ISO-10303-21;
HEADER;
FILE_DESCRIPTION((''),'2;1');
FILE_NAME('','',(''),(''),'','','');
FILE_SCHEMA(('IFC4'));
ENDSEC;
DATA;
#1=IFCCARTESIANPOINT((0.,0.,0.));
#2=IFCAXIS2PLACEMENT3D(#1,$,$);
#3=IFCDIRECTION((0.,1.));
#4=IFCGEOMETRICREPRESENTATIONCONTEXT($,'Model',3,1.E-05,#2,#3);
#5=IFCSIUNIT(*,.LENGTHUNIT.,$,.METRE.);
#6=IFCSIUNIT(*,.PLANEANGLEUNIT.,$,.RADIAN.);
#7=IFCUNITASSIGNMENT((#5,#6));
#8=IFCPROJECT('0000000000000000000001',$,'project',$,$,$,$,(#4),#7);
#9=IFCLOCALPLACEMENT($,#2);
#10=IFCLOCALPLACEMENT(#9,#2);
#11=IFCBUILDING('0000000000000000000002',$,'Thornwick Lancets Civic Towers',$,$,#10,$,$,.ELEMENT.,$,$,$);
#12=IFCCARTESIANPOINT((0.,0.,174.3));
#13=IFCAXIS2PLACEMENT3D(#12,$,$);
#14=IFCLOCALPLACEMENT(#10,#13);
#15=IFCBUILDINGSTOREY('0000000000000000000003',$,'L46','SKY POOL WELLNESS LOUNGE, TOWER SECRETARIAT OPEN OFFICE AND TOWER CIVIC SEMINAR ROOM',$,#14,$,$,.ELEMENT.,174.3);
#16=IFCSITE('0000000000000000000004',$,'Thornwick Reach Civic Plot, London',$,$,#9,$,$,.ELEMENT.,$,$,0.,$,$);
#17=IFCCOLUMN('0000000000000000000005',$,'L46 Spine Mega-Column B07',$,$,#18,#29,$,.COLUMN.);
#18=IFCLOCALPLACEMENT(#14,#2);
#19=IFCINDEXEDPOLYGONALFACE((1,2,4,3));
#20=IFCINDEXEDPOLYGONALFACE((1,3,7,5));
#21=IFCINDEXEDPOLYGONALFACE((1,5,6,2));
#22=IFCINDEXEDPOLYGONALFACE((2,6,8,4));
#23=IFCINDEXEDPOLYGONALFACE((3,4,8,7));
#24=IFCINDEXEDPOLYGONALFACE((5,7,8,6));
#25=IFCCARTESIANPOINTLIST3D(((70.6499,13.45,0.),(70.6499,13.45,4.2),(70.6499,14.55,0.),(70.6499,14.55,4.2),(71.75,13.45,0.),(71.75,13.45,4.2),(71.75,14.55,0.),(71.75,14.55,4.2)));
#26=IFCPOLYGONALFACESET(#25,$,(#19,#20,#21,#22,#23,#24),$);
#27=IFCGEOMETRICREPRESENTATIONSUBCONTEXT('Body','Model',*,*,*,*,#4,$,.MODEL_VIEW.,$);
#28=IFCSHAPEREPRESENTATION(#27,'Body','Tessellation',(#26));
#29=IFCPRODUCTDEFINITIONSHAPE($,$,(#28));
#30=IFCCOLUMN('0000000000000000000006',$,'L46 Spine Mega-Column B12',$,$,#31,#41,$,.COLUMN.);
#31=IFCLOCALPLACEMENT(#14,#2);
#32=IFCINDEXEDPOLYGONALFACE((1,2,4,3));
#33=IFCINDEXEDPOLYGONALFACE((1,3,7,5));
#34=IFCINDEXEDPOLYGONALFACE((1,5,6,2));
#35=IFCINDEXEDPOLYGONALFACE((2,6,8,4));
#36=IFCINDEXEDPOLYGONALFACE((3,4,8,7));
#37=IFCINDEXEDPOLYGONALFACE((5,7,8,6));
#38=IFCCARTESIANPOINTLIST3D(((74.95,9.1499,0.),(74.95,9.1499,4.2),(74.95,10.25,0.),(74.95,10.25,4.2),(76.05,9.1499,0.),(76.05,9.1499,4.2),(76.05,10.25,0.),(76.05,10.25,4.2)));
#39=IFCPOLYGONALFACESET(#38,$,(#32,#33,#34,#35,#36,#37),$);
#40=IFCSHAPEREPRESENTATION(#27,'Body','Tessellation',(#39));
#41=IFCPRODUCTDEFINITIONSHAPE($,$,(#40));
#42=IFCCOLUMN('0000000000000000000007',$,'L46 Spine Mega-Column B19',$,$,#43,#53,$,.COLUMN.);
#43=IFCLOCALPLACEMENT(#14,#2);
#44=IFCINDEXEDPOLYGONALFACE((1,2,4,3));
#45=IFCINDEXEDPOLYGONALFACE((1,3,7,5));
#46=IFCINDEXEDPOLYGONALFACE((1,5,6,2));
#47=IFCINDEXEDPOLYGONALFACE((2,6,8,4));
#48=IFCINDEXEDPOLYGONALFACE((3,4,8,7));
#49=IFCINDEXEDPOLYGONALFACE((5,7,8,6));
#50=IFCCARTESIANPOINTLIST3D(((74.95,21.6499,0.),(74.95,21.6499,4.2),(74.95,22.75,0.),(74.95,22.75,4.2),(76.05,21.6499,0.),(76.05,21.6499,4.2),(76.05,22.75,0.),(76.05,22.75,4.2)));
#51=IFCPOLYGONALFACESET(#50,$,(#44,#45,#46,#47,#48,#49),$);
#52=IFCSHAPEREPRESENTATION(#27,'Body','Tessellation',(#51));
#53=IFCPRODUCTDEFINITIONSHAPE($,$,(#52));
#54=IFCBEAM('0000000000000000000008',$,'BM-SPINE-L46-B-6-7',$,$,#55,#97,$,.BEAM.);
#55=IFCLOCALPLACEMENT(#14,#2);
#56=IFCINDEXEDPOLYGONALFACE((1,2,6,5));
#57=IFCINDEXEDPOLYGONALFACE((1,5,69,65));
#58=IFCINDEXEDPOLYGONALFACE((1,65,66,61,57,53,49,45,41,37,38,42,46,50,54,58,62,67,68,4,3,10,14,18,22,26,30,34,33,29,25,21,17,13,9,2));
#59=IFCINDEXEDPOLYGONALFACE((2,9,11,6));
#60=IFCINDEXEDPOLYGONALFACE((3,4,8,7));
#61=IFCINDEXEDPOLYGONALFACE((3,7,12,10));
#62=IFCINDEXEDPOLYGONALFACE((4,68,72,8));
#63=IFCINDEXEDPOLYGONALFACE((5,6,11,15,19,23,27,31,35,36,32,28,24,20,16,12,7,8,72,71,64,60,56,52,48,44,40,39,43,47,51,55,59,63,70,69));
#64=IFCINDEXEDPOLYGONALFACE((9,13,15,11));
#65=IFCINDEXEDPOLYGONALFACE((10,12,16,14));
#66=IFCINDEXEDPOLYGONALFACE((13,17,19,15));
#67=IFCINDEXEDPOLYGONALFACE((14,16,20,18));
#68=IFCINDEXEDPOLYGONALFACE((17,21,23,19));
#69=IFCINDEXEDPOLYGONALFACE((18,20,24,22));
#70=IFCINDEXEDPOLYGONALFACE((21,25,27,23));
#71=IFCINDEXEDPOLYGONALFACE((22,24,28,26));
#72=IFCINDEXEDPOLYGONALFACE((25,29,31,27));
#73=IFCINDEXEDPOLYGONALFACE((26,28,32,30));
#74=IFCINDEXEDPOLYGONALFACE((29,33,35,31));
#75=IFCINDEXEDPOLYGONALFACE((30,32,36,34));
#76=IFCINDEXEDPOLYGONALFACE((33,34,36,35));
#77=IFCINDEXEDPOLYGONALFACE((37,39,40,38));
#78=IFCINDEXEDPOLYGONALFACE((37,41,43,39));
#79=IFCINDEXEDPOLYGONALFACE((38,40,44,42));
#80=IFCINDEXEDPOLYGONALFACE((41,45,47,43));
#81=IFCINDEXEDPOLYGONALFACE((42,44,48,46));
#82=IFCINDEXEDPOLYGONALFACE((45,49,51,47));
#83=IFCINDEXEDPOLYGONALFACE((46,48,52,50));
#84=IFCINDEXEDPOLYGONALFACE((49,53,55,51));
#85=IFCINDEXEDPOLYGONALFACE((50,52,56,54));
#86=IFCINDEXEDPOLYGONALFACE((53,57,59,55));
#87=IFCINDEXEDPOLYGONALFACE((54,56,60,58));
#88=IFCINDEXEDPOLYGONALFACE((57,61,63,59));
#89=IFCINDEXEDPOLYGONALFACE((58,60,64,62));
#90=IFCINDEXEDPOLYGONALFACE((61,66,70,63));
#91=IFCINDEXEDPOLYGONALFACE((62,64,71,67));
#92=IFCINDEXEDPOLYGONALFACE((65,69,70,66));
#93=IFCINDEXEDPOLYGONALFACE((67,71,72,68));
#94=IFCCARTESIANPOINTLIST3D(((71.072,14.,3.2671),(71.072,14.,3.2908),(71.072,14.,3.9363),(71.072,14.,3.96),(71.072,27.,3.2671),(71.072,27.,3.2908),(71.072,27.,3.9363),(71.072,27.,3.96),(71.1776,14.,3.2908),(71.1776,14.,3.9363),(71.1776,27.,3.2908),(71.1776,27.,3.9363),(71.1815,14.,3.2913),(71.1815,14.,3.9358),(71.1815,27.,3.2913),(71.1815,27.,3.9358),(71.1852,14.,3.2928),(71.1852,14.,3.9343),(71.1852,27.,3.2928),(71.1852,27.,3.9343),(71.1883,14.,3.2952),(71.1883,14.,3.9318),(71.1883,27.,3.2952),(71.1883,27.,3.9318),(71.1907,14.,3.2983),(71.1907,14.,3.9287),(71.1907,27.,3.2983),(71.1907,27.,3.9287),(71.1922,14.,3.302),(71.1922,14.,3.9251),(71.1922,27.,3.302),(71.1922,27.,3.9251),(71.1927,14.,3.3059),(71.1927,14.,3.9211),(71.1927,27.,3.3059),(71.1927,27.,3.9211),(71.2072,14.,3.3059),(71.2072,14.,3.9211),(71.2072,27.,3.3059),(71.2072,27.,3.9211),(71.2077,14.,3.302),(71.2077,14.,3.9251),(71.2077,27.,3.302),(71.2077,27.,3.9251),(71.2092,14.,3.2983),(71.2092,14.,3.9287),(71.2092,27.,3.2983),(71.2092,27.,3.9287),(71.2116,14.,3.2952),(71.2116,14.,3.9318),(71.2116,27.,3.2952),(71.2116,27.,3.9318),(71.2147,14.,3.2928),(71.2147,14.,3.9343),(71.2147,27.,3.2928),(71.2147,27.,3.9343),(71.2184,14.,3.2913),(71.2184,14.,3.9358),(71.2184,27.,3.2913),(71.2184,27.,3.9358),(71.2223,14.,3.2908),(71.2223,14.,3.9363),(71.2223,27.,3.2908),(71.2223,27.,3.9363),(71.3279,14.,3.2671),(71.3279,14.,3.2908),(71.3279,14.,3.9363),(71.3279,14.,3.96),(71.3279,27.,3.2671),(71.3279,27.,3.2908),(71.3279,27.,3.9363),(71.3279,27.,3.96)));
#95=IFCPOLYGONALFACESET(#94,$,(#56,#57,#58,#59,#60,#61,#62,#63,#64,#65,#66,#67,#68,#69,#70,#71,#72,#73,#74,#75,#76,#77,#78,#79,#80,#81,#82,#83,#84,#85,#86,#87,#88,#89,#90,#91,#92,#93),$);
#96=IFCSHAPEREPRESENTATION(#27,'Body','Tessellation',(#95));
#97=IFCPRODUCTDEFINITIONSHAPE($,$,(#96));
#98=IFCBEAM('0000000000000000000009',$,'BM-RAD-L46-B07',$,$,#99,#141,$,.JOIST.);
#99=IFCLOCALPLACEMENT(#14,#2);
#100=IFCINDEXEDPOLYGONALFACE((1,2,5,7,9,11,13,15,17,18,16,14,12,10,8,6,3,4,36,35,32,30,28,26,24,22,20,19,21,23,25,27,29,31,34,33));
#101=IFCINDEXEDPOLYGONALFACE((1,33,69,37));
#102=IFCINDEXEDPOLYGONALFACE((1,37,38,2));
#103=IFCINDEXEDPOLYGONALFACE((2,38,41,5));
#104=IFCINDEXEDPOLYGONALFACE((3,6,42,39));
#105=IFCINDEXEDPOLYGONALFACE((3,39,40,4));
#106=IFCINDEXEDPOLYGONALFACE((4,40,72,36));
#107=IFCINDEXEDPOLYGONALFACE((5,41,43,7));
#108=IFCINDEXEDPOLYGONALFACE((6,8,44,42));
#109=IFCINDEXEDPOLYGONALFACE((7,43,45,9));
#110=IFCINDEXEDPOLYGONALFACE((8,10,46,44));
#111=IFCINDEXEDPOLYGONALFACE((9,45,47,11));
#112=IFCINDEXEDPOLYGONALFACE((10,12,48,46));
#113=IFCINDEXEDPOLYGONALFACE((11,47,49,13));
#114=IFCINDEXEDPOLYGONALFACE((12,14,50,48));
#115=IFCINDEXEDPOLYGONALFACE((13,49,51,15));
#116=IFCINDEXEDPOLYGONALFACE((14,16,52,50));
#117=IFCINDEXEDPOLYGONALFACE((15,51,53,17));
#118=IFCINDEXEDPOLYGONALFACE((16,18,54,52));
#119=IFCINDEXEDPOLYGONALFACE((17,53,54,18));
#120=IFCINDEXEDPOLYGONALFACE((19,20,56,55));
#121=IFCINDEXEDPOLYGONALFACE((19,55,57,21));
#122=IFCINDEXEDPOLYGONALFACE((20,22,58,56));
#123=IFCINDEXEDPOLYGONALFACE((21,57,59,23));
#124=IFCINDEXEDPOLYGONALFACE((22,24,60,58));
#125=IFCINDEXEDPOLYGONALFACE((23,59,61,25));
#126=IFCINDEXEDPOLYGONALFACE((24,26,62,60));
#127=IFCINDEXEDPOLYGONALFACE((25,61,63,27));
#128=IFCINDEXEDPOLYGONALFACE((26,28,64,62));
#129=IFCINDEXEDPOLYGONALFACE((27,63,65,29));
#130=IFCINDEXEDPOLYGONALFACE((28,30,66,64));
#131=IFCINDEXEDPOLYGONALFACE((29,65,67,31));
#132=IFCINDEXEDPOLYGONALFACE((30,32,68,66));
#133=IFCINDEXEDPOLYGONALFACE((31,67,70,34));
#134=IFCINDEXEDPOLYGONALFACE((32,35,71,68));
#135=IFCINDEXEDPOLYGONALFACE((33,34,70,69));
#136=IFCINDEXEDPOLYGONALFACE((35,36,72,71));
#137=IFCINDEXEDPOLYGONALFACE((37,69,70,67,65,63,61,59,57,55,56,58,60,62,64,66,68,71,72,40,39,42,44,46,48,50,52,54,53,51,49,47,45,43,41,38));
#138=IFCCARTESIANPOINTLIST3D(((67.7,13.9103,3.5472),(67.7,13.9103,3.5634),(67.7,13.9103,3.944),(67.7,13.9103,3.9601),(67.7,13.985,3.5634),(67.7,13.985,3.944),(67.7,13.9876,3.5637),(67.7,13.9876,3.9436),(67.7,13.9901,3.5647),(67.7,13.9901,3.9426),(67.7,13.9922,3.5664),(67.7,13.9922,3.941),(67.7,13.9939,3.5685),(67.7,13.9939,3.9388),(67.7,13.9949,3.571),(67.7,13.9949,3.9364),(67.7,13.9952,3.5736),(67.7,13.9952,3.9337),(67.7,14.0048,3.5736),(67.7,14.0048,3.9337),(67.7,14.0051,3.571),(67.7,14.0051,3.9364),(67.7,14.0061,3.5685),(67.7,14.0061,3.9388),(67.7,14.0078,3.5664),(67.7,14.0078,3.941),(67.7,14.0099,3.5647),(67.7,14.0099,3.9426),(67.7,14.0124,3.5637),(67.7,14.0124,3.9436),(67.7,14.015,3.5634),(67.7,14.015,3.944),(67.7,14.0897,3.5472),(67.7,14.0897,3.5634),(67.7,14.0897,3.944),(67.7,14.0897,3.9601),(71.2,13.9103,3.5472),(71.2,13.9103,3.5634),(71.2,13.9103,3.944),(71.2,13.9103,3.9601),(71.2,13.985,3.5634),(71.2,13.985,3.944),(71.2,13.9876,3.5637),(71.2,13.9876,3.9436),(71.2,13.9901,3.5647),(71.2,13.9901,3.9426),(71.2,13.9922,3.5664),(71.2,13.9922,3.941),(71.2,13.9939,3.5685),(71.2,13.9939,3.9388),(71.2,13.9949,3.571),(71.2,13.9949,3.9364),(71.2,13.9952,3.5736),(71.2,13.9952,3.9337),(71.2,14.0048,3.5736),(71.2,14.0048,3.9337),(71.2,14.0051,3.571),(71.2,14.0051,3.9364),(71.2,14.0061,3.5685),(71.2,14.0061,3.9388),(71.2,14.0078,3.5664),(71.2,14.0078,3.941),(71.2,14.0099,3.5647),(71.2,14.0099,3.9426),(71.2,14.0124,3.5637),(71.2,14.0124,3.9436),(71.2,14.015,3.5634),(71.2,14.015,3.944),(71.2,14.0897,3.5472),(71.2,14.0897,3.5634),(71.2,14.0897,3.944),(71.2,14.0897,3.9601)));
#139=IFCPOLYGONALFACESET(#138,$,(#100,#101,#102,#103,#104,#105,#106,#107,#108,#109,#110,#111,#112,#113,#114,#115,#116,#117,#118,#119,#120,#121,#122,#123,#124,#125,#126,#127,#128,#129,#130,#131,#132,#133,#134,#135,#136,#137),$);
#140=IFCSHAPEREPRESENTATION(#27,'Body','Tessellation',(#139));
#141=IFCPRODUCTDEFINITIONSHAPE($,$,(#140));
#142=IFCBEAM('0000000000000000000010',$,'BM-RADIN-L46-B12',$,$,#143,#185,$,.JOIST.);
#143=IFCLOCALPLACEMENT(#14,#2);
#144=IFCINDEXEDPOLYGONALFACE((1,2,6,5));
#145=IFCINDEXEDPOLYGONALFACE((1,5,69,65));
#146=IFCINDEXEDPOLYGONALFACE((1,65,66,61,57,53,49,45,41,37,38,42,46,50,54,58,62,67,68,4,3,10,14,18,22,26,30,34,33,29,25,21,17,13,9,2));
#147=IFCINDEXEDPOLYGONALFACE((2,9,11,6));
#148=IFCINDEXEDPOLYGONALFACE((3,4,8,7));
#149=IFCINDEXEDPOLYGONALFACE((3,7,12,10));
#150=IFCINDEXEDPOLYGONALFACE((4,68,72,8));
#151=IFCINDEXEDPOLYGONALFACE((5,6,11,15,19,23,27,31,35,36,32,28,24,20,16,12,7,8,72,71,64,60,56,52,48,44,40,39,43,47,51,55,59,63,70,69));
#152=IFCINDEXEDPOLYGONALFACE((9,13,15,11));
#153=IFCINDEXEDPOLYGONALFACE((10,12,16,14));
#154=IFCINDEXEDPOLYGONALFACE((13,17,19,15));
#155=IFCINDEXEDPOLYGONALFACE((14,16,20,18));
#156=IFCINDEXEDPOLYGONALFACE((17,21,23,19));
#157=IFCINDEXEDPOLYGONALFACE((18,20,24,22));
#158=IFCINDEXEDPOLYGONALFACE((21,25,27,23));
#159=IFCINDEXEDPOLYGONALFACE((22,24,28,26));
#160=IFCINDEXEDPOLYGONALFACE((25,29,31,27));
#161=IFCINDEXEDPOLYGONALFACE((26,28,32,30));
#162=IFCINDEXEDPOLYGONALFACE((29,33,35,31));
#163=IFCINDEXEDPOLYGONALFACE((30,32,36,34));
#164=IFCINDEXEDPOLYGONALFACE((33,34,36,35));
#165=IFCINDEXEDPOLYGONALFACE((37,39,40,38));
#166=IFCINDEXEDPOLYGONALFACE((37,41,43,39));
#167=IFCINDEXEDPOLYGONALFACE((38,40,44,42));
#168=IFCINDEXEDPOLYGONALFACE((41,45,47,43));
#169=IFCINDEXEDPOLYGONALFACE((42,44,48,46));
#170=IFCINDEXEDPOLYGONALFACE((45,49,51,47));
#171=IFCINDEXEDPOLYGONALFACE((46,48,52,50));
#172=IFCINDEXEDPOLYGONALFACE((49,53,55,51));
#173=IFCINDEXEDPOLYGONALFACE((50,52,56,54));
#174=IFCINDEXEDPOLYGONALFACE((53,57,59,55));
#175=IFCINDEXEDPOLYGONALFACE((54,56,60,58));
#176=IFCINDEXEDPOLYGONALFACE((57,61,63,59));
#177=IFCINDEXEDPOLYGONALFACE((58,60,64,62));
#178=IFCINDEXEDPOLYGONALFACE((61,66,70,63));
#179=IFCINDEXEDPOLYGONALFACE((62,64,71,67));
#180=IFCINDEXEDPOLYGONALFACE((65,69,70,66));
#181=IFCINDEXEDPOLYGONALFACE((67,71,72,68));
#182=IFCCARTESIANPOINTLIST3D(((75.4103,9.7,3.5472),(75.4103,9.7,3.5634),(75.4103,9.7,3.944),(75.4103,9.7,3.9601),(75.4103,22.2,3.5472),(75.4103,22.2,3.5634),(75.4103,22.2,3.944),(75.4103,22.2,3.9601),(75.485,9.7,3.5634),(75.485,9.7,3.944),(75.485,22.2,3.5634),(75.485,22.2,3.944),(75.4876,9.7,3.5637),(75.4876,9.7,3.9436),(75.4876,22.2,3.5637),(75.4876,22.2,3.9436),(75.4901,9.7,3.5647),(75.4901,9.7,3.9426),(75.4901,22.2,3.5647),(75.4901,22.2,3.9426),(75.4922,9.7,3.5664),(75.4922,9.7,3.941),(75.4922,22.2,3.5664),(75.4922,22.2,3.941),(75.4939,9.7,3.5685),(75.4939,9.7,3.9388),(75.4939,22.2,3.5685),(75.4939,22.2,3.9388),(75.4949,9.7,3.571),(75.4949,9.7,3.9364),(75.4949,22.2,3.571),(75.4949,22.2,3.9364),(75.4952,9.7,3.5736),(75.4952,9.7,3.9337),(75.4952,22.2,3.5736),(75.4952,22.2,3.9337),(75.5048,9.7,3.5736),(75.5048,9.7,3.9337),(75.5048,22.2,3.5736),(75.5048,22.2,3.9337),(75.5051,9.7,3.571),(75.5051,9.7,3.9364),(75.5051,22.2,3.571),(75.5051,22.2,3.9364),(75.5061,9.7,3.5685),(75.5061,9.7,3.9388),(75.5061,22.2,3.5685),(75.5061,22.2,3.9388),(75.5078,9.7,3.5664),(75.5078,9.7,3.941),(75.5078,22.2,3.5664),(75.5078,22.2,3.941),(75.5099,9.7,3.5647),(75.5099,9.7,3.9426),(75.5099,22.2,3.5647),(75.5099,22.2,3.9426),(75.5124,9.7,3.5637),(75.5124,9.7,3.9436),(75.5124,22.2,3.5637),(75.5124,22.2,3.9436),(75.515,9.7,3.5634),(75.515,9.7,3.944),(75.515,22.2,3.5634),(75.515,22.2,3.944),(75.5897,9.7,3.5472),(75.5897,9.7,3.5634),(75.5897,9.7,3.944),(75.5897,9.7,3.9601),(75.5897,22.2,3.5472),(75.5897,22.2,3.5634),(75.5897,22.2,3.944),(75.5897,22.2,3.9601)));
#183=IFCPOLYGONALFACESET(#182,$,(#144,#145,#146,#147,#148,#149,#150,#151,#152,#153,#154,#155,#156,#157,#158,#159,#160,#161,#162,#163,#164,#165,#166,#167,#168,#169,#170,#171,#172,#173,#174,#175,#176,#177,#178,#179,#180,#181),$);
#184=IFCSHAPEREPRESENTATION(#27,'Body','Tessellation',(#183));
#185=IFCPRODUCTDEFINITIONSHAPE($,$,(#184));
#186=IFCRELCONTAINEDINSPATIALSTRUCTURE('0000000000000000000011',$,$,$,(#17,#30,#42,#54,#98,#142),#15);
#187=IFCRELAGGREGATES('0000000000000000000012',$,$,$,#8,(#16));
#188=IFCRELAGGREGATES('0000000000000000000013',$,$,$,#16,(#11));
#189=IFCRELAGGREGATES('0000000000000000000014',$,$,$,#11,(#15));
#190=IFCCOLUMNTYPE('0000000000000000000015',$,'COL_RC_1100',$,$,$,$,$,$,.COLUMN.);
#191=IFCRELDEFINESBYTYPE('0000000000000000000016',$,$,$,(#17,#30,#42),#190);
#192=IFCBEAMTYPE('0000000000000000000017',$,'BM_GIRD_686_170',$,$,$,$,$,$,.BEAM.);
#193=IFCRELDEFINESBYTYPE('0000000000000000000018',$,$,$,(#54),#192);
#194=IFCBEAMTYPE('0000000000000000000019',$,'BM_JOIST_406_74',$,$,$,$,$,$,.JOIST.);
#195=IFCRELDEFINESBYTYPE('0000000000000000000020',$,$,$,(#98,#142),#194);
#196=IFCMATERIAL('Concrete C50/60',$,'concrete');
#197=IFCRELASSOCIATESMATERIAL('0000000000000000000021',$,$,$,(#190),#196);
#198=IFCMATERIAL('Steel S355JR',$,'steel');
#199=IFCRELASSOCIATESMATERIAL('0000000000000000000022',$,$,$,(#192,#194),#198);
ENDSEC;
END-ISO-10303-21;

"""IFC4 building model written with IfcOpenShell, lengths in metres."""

from ifc_helpers import new_model, si_unit, direction, frame, origin, origin_2d, place, context, subcontext, project, spatial, rectangle, i_section, extrude, material, material_profile, profile_set, type_object, element, save


model = new_model("IFC4")

# Units and contexts
model_context = context("Model", 3, precision=1e-05, world=origin(), true_north=direction((0.0, 1.0)))
body_context = subcontext(model_context, "Body", "Model", "MODEL_VIEW")
ifc_project = project(units=[si_unit("LENGTHUNIT", "METRE"), si_unit("PLANEANGLEUNIT", "RADIAN")], contexts=[model_context])

# Site, building, storey
site_placement = place(None, origin())
site = spatial("IfcSite", under=ifc_project, at=site_placement, Name="Thornwick Reach Civic Plot, London", CompositionType="ELEMENT", RefElevation=0.0)
building_placement = place(site_placement, origin())
building = spatial("IfcBuilding", under=site, at=building_placement, Name="Thornwick Lancets Civic Towers", CompositionType="ELEMENT")
storey_placement = place(building_placement, frame((0.0, 0.0, 174.3)))
storey = spatial("IfcBuildingStorey", under=building, at=storey_placement, Name="L46", Description="SKY POOL WELLNESS LOUNGE, TOWER SECRETARIAT OPEN OFFICE AND TOWER CIVIC SEMINAR ROOM", CompositionType="ELEMENT", Elevation=174.3)

# Columns
ifc_material_1 = material(Name="Concrete C50/60", Category="concrete")
ifc_material_profile_1 = material_profile(ifc_material_1, rectangle(XDim=1.1001, YDim=1.1001, at=origin_2d()), Name="RC 1100x1100")
ifc_profile_set_1 = profile_set([ifc_material_profile_1], Name="Concrete C50/60")
column_type = type_object("IfcColumnType", Name="COL_RC_1100", PredefinedType="COLUMN", material=ifc_profile_set_1)
for number, where, z_axis, x_axis, name in (
    (1, (71.2, 14.0, 0.0), (0.0, 0.0, 1.0), (1.0, 0.0, 0.0), "L46 Spine Mega-Column B07"),
    (2, (75.5, 9.7, 0.0), (0.0, 0.0, 1.0), (1.0, 0.0, 0.0), "L46 Spine Mega-Column B12"),
    (3, (75.5, 22.2, 0.0), (0.0, 0.0, 1.0), (1.0, 0.0, 0.0), "L46 Spine Mega-Column B19"),
):
    element("IfcColumn", number, at=place(storey_placement, frame(where, z_axis=z_axis, x_axis=x_axis)), inside=storey, type_object=column_type, Name=name, PredefinedType="COLUMN", context=body_context, shape_type="SweptSolid", body=[
        extrude(rectangle(XDim=1.1001, YDim=1.1001, at=origin_2d()), origin(), (0.0, 0.0, 1.0), 4.2),
    ])

# Beams
ifc_material_2 = material(Name="Steel S355JR", Category="steel")
ifc_material_profile_2 = material_profile(ifc_material_2, i_section(OverallWidth=0.2559, OverallDepth=0.6929, WebThickness=0.0144, FlangeThickness=0.0237, FilletRadius=0.0151, at=origin_2d()), Name="UKB 686x254x170")
ifc_profile_set_2 = profile_set([ifc_material_profile_2], Name="Steel S355JR")
beam_type_1 = type_object("IfcBeamType", Name="BM_GIRD_686_170", PredefinedType="BEAM", material=ifc_profile_set_2)
beam_1_placement = place(storey_placement, frame((71.2, 14.0, 3.6135), z_axis=(0.0, 1.0, 0.0), x_axis=(-1.0, 0.0, 0.0)))
element("IfcBeam", 4, at=beam_1_placement, inside=storey, type_object=beam_type_1, Name="BM-SPINE-L46-B-6-7", PredefinedType="BEAM", context=body_context, shape_type="SweptSolid", body=[
    extrude(i_section(OverallWidth=0.2559, OverallDepth=0.6929, WebThickness=0.0144, FlangeThickness=0.0237, FilletRadius=0.0151, at=origin_2d()), origin(), (0.0, 0.0, 1.0), 13.0),
])
ifc_material_profile_3 = material_profile(ifc_material_2, i_section(OverallWidth=0.1794, OverallDepth=0.4128, WebThickness=0.0095, FlangeThickness=0.0161, FilletRadius=0.0103, at=origin_2d()), Name="UKB 406x178x74")
ifc_profile_set_3 = profile_set([ifc_material_profile_3], Name="Steel S355JR")
beam_type_2 = type_object("IfcBeamType", Name="BM_JOIST_406_74", PredefinedType="JOIST", material=ifc_profile_set_3)
beam_2_placement = place(storey_placement, frame((71.2, 14.0, 3.7537), z_axis=(-1.0, 0.0, 0.0), x_axis=(0.0, -1.0, 0.0)))
element("IfcBeam", 5, at=beam_2_placement, inside=storey, type_object=beam_type_2, Name="BM-RAD-L46-B07", PredefinedType="JOIST", context=body_context, shape_type="SweptSolid", body=[
    extrude(i_section(OverallWidth=0.1794, OverallDepth=0.4128, WebThickness=0.0095, FlangeThickness=0.0161, FilletRadius=0.0103, at=origin_2d()), origin(), (0.0, 0.0, 1.0), 3.5),
])
beam_3_placement = place(storey_placement, frame((75.5, 22.2, 3.7537), z_axis=(0.0, -1.0, 0.0), x_axis=(1.0, 0.0, 0.0)))
element("IfcBeam", 6, at=beam_3_placement, inside=storey, type_object=beam_type_2, Name="BM-RADIN-L46-B12", PredefinedType="JOIST", context=body_context, shape_type="SweptSolid", body=[
    extrude(i_section(OverallWidth=0.1794, OverallDepth=0.4128, WebThickness=0.0095, FlangeThickness=0.0161, FilletRadius=0.0103, at=origin_2d()), origin(), (0.0, 0.0, 1.0), 12.5),
])

save(model, "model.ifc")
